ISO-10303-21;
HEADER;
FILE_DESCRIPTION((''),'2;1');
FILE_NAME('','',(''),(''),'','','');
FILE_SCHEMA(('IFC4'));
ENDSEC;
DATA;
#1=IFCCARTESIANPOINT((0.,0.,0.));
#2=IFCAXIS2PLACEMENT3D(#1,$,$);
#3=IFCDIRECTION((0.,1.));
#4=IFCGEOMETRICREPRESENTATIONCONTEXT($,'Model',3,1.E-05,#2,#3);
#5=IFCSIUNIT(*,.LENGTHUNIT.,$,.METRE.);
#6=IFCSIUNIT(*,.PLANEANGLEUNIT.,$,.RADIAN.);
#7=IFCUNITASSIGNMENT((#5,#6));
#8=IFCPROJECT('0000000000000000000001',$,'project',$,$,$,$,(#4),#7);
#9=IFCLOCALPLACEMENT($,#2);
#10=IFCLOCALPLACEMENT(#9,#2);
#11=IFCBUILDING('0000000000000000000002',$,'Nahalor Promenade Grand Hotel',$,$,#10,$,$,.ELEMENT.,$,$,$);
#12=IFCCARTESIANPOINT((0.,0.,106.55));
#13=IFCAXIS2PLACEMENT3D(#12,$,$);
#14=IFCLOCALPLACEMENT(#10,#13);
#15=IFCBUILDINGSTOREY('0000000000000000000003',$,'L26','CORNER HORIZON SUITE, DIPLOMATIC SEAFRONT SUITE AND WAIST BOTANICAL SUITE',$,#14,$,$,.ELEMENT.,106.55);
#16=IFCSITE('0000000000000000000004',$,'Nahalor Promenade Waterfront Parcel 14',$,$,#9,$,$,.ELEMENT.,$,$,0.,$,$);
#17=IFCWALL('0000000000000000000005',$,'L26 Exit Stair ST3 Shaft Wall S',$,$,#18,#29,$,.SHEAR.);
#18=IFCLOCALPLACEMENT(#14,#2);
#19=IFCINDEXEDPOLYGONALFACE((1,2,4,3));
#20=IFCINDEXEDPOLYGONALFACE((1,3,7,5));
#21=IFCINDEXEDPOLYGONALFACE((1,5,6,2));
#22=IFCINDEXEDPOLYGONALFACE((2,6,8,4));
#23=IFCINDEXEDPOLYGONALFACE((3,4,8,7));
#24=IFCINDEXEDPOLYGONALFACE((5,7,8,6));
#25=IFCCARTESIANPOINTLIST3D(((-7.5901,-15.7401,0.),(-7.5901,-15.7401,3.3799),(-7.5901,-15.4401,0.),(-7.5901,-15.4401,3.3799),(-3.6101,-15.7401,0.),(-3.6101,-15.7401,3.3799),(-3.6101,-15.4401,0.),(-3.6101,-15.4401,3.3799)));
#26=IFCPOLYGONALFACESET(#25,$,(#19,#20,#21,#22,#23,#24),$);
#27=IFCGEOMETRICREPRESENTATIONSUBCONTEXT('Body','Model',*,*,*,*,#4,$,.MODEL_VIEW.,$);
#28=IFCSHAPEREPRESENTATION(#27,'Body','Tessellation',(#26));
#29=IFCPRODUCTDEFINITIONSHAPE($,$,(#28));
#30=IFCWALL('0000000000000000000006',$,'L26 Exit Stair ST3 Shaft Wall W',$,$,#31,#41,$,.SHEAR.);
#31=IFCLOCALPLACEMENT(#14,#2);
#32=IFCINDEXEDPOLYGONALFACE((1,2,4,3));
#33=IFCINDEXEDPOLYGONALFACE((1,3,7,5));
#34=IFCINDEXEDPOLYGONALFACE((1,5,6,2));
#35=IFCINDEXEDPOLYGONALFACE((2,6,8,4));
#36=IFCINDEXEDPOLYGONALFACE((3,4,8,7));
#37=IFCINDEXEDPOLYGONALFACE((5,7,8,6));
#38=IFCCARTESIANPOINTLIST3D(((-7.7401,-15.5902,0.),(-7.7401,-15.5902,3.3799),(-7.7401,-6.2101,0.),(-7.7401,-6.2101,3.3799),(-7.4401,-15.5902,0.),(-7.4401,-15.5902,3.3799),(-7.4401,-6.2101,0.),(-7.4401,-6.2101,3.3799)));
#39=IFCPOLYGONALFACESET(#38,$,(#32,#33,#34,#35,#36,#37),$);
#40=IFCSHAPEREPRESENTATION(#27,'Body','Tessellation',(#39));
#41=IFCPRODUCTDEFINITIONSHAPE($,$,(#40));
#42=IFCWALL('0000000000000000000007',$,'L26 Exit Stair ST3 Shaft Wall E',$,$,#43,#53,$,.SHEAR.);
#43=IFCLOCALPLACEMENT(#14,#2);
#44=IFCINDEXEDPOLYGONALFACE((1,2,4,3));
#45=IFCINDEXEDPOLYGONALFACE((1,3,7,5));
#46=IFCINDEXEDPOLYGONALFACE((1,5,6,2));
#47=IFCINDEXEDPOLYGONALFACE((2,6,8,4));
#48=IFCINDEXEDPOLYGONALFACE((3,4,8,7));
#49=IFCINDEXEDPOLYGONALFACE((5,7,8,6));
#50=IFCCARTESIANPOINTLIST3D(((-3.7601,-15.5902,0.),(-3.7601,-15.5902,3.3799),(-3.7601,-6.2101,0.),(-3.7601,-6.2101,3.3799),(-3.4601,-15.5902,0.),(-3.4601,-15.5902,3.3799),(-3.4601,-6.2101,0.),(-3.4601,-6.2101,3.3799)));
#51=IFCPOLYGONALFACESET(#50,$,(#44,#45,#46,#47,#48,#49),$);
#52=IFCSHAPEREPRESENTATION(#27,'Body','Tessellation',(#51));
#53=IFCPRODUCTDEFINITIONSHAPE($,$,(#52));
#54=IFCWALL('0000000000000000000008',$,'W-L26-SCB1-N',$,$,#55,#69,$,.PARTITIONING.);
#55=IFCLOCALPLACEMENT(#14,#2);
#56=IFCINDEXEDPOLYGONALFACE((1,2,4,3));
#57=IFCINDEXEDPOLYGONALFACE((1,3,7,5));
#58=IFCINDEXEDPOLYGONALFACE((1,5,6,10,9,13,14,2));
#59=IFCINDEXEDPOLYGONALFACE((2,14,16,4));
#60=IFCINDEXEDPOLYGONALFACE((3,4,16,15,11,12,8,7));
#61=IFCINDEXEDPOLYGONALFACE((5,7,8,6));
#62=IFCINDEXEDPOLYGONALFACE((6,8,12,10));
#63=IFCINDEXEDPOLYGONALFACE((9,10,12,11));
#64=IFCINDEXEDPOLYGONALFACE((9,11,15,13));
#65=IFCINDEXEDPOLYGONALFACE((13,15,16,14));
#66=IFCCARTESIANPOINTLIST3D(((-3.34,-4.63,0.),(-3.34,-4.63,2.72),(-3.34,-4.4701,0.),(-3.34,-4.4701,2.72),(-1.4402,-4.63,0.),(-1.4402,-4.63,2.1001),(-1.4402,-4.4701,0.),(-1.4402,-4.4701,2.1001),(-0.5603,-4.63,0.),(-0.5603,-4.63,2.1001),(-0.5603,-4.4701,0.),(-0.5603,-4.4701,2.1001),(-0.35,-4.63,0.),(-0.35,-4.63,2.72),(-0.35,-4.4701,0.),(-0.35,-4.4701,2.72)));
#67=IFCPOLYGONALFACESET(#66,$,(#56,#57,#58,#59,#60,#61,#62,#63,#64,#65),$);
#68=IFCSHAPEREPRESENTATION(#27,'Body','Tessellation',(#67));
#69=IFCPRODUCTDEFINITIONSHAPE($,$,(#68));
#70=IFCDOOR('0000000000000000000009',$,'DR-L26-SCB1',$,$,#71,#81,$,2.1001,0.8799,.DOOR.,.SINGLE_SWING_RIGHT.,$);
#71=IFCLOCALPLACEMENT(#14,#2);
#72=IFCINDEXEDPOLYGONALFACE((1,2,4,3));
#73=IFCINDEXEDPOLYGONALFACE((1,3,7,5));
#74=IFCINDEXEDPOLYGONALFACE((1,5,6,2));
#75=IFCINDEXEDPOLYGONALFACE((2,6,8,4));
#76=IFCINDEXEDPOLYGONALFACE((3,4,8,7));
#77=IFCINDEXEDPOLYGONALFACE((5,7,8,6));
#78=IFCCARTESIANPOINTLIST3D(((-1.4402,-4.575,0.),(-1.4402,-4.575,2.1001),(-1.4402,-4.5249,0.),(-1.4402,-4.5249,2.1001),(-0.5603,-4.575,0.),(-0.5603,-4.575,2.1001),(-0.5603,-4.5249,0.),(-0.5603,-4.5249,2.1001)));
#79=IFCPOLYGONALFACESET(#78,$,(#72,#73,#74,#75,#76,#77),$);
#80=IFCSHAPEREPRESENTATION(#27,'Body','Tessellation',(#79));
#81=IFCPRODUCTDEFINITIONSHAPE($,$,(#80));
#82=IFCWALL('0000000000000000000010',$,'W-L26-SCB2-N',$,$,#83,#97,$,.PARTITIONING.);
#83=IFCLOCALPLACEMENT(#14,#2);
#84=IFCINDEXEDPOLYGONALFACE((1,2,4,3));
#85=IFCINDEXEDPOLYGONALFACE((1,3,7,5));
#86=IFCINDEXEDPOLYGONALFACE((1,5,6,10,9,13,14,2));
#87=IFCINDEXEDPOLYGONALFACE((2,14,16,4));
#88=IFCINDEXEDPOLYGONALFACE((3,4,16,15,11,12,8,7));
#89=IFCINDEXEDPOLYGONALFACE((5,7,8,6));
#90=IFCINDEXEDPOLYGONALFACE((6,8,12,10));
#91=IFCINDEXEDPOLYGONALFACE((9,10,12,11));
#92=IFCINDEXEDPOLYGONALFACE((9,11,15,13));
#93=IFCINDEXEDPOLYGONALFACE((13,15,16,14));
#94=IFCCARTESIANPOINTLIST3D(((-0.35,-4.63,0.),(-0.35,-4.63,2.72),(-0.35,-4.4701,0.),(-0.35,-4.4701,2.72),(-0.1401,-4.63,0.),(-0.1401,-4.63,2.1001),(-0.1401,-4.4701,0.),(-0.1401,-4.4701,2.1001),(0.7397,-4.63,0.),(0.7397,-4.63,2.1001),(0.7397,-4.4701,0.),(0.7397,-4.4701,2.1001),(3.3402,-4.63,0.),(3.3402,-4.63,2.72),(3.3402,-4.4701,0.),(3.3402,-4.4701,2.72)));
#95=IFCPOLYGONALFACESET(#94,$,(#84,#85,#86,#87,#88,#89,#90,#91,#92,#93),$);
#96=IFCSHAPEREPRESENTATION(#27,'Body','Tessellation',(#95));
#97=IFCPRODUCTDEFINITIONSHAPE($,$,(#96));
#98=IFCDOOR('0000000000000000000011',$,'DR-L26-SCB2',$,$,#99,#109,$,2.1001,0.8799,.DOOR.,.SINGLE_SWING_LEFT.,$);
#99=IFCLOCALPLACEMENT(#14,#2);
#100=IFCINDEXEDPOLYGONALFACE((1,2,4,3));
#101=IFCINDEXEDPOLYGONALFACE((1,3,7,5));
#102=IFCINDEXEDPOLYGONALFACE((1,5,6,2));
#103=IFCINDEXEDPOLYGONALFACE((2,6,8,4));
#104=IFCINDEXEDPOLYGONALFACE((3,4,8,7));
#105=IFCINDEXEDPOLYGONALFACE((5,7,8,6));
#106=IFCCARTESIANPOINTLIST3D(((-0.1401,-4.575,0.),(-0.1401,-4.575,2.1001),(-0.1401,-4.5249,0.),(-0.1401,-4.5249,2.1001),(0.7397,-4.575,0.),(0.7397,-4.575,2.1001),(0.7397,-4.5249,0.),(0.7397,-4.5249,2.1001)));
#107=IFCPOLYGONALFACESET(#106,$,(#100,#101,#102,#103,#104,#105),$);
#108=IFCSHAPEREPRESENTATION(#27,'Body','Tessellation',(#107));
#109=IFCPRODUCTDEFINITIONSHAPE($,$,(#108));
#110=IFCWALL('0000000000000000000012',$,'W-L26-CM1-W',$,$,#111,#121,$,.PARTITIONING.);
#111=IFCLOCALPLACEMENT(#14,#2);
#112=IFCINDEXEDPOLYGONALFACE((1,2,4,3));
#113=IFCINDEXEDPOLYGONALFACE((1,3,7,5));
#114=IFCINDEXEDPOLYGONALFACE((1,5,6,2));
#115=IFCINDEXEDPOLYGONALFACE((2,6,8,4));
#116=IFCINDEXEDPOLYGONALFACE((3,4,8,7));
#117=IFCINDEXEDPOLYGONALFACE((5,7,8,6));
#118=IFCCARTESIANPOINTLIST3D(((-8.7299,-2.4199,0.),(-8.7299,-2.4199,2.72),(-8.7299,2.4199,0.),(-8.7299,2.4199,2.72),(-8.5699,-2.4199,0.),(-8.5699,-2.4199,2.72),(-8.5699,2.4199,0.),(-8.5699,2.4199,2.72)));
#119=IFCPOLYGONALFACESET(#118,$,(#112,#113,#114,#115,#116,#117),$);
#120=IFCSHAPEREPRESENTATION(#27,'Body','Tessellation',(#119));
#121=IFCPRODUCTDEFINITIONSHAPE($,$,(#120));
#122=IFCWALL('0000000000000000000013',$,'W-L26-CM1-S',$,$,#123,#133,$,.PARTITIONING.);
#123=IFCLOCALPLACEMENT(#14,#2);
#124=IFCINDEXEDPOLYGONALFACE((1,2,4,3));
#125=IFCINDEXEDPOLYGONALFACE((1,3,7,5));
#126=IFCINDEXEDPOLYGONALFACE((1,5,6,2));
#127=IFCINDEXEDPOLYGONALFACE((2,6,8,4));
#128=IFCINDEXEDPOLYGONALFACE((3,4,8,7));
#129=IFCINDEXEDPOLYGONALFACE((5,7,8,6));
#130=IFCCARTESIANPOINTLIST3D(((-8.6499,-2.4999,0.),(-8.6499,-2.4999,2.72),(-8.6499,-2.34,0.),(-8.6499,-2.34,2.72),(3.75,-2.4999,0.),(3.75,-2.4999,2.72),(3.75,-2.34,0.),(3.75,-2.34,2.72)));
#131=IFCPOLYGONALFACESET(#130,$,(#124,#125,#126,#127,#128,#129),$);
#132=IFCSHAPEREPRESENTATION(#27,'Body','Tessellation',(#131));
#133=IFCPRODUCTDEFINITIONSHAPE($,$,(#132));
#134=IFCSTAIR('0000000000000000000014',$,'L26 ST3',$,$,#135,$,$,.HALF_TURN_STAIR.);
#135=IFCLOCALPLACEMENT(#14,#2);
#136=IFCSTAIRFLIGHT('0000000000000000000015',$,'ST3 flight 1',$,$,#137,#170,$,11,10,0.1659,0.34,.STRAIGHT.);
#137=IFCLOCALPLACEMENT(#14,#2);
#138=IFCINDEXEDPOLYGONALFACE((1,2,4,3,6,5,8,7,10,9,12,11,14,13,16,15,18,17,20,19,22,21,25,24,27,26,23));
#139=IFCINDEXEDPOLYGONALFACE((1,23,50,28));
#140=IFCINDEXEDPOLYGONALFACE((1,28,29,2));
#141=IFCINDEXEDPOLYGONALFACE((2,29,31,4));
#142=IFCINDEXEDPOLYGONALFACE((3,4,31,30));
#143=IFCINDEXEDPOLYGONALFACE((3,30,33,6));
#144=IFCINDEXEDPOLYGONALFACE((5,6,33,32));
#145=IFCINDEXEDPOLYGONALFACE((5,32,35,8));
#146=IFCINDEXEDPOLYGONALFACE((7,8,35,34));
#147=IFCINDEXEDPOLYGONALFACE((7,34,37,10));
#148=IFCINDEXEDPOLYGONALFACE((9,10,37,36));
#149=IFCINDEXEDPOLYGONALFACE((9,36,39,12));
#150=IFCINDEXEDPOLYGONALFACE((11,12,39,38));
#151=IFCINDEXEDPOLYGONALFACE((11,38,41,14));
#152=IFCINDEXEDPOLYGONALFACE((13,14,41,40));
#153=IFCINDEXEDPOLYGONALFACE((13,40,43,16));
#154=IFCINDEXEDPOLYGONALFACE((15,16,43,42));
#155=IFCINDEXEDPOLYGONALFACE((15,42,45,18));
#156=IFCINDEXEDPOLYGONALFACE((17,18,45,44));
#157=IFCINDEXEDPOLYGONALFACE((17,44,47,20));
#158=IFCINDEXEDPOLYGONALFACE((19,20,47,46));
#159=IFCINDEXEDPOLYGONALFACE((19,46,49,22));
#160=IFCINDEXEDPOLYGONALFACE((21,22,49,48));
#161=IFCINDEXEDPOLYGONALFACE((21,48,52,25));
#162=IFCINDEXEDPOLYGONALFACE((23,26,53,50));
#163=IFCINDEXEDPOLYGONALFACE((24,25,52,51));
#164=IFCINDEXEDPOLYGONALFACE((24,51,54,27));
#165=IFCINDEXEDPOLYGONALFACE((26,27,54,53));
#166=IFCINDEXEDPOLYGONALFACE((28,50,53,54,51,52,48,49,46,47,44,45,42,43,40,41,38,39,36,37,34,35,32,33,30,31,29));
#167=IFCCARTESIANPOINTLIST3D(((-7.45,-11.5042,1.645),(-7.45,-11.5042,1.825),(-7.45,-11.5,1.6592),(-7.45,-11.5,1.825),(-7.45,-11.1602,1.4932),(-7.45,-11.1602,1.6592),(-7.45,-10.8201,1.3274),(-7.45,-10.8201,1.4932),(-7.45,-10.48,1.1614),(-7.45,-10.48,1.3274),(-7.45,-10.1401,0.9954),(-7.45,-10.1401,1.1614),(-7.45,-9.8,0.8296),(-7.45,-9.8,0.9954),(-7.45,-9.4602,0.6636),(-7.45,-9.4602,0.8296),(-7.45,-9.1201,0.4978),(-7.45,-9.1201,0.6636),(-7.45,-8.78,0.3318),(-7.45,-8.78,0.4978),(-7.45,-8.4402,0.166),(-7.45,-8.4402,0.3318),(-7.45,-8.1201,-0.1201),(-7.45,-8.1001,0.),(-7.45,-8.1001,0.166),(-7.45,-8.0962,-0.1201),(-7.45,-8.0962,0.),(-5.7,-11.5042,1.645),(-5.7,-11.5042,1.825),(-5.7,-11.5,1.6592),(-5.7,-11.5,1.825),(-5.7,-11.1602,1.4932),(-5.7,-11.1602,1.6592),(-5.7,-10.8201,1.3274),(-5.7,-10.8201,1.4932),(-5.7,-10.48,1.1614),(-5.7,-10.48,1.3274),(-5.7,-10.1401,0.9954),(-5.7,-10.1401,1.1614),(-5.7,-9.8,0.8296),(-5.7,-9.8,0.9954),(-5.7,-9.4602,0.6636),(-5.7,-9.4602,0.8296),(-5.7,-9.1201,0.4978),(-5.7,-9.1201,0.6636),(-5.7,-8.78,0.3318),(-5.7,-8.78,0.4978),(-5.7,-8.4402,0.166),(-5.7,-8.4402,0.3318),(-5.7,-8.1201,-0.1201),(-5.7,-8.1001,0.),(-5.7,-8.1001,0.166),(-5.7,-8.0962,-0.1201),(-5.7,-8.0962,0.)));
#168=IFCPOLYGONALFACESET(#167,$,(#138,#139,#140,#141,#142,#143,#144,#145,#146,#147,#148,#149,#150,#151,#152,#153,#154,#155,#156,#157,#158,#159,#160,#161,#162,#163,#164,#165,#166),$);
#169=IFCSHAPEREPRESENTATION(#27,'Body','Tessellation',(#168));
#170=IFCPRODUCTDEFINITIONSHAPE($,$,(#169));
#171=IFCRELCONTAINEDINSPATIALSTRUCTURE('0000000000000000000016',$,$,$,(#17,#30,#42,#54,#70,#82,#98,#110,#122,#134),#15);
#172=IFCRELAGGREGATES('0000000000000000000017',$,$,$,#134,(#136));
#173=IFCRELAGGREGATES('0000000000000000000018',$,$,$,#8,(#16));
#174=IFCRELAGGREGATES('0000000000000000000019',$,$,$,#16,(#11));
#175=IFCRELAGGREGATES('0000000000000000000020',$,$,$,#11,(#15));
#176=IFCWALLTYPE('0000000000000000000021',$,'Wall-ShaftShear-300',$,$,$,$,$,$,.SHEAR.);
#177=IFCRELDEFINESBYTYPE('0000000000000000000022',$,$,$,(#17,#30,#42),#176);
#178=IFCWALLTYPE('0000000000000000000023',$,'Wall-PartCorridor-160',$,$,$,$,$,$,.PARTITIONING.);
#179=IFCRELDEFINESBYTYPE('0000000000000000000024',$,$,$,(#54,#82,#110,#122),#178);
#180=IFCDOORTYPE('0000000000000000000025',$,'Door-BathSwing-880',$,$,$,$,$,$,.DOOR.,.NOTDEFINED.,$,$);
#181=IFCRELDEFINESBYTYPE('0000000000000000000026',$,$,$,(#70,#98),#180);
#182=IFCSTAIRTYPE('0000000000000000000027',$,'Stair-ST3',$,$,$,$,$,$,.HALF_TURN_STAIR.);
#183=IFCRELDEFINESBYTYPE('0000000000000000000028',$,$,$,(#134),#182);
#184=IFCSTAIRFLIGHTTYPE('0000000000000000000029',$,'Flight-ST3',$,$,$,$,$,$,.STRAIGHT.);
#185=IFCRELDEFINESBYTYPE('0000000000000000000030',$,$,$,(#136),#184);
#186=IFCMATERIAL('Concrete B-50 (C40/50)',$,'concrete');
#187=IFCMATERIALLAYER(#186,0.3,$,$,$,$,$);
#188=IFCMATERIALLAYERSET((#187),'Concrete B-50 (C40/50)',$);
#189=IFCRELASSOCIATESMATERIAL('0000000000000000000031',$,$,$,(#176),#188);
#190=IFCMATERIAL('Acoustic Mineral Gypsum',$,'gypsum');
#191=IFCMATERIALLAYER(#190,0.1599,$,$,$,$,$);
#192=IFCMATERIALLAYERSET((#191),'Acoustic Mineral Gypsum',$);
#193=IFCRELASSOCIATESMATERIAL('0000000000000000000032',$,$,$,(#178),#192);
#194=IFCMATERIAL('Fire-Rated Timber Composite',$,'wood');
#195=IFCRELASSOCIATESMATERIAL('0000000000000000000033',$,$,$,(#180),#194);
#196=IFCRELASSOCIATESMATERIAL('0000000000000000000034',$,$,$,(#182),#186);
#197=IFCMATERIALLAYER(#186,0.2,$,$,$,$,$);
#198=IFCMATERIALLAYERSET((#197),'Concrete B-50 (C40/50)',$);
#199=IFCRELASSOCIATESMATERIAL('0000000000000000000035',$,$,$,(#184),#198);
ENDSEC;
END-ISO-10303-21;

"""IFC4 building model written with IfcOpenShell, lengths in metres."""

from ifc_helpers import new_model, si_unit, direction, frame, frame_2d, origin, place, context, subcontext, project, spatial, polyline, rectangle, outline, extrude, source, transform, mapped, material, layer, layer_set, type_object, element, fill, aggregate, save


model = new_model("IFC4")

# Units and contexts
model_context = context("Model", 3, precision=1e-05, world=origin(), true_north=direction((0.0, 1.0)))
body_context = subcontext(model_context, "Body", "Model", "MODEL_VIEW")
ifc_project = project(units=[si_unit("LENGTHUNIT", "METRE"), si_unit("PLANEANGLEUNIT", "RADIAN")], contexts=[model_context])

# Site, building, storey
site_placement = place(None, origin())
site = spatial("IfcSite", under=ifc_project, at=site_placement, Name="Nahalor Promenade Waterfront Parcel 14", CompositionType="ELEMENT", RefElevation=0.0)
building_placement = place(site_placement, origin())
building = spatial("IfcBuilding", under=site, at=building_placement, Name="Nahalor Promenade Grand Hotel", CompositionType="ELEMENT")
storey_placement = place(building_placement, frame((0.0, 0.0, 106.55)))
storey = spatial("IfcBuildingStorey", under=building, at=storey_placement, Name="L26", Description="CORNER HORIZON SUITE, DIPLOMATIC SEAFRONT SUITE AND WAIST BOTANICAL SUITE", CompositionType="ELEMENT", Elevation=106.55)

# Wall
ifc_material_1 = material(Name="Concrete B-50 (C40/50)", Category="concrete")
ifc_layer_1 = layer(ifc_material_1, 0.3)
ifc_layer_set_1 = layer_set([ifc_layer_1], Name="Concrete B-50 (C40/50)")
wall_type_1 = type_object("IfcWallType", Name="Wall-ShaftShear-300", PredefinedType="SHEAR", material=ifc_layer_set_1)
shared_shape_1 = source(origin(), body_context, "Body", "SweptSolid", [
    extrude(rectangle(XDim=3.98, YDim=0.3, at=frame_2d((1.99, 0.0))), origin(), (0.0, 0.0, 1.0), 3.3799),
])
wall_1_placement = place(storey_placement, frame((-7.5901, -15.5901, 0.0), z_axis=(0.0, 0.0, 1.0), x_axis=(1.0, 0.0, 0.0)))
element("IfcWall", 1, at=wall_1_placement, inside=storey, type_object=wall_type_1, Name="L26 Exit Stair ST3 Shaft Wall S", PredefinedType="SHEAR", context=body_context, shape_type="MappedRepresentation", body=[
    mapped(shared_shape_1, transform((0.0, 0.0, 0.0), scale=1.0)),
])

# Walls
shared_shape_2 = source(origin(), body_context, "Body", "SweptSolid", [
    extrude(rectangle(XDim=9.3801, YDim=0.3, at=frame_2d((4.6899, 0.0))), origin(), (0.0, 0.0, 1.0), 3.3799),
])
for number, where, z_axis, x_axis, name in (
    (2, (-7.5901, -15.5901, 0.0), (0.0, 0.0, 1.0), (0.0, 1.0, 0.0), "L26 Exit Stair ST3 Shaft Wall W"),
    (3, (-3.6101, -15.5901, 0.0), (0.0, 0.0, 1.0), (0.0, 1.0, 0.0), "L26 Exit Stair ST3 Shaft Wall E"),
):
    element("IfcWall", number, at=place(storey_placement, frame(where, z_axis=z_axis, x_axis=x_axis)), inside=storey, type_object=wall_type_1, Name=name, PredefinedType="SHEAR", context=body_context, shape_type="MappedRepresentation", body=[
        mapped(shared_shape_2, transform((0.0, 0.0, 0.0), scale=1.0)),
    ])

# Walls, openings, doors
ifc_material_2 = material(Name="Acoustic Mineral Gypsum", Category="gypsum")
ifc_layer_2 = layer(ifc_material_2, 0.1599)
ifc_layer_set_2 = layer_set([ifc_layer_2], Name="Acoustic Mineral Gypsum")
wall_type_2 = type_object("IfcWallType", Name="Wall-PartCorridor-160", PredefinedType="PARTITIONING", material=ifc_layer_set_2)
shared_shape_3 = source(origin(), body_context, "Body", "SweptSolid", [
    extrude(rectangle(XDim=2.99, YDim=0.1599, at=frame_2d((1.4951, 0.0))), origin(), (0.0, 0.0, 1.0), 2.72),
])
wall_2_placement = place(storey_placement, frame((-3.3401, -4.55, 0.0), z_axis=(0.0, 0.0, 1.0), x_axis=(1.0, 0.0, 0.0)))
wall_2 = element("IfcWall", 4, at=wall_2_placement, inside=storey, type_object=wall_type_2, Name="W-L26-SCB1-N", PredefinedType="PARTITIONING", context=body_context, shape_type="MappedRepresentation", body=[
    mapped(shared_shape_3, transform((0.0, 0.0, 0.0), scale=1.0)),
])
opening_1_placement = place(wall_2_placement, frame((1.8999, 0.0, 0.0)))
opening_1 = element("IfcOpeningElement", 5, at=opening_1_placement, cuts=wall_2, PredefinedType="OPENING", context=body_context, shape_type="SweptSolid", body=[
    extrude(rectangle(XDim=0.8799, YDim=2.1001, at=frame_2d((0.4399, 1.05))), frame((0.0, 0.0898, 0.0), z_axis=(0.0, -1.0, 0.0), x_axis=(1.0, 0.0, 0.0)), (0.0, 0.0, 1.0), 0.1799),
])
ifc_material_3 = material(Name="Fire-Rated Timber Composite", Category="wood")
door_type_1 = type_object("IfcDoorType", Name="Door-BathSwing-880", OperationType="NOTDEFINED", PredefinedType="DOOR", material=ifc_material_3)
shared_shape_4 = source(origin(), body_context, "Body", "SweptSolid", [
    extrude(rectangle(XDim=0.8799, YDim=2.1001, at=frame_2d((0.4399, 1.05))), frame((0.0, 0.0249, 0.0), z_axis=(0.0, -1.0, 0.0), x_axis=(1.0, 0.0, 0.0)), (0.0, 0.0, 1.0), 0.05),
])
door_1_placement = place(opening_1_placement, frame((0.8799, 0.0, 0.0), z_axis=(0.0, 0.0, 1.0), x_axis=(-1.0, 0.0, 0.0)))
door_1 = element("IfcDoor", 6, at=door_1_placement, inside=storey, type_object=door_type_1, Name="DR-L26-SCB1", OperationType="SINGLE_SWING_RIGHT", OverallHeight=2.1001, OverallWidth=0.8799, PredefinedType="DOOR", context=body_context, shape_type="MappedRepresentation", body=[
    mapped(shared_shape_4, transform((0.0, 0.0, 0.0), scale=1.0)),
])
fill(opening_1, door_1)
shared_shape_5 = source(origin(), body_context, "Body", "SweptSolid", [
    extrude(rectangle(XDim=3.6902, YDim=0.1599, at=frame_2d((1.8452, 0.0))), origin(), (0.0, 0.0, 1.0), 2.72),
])
wall_3_placement = place(storey_placement, frame((-0.3501, -4.55, 0.0), z_axis=(0.0, 0.0, 1.0), x_axis=(1.0, 0.0, 0.0)))
wall_3 = element("IfcWall", 7, at=wall_3_placement, inside=storey, type_object=wall_type_2, Name="W-L26-SCB2-N", PredefinedType="PARTITIONING", context=body_context, shape_type="MappedRepresentation", body=[
    mapped(shared_shape_5, transform((0.0, 0.0, 0.0), scale=1.0)),
])
opening_2_placement = place(wall_3_placement, frame((0.21, 0.0, 0.0)))
opening_2 = element("IfcOpeningElement", 8, at=opening_2_placement, cuts=wall_3, PredefinedType="OPENING", context=body_context, shape_type="SweptSolid", body=[
    extrude(rectangle(XDim=0.8799, YDim=2.1001, at=frame_2d((0.4399, 1.05))), frame((0.0, 0.0898, 0.0), z_axis=(0.0, -1.0, 0.0), x_axis=(1.0, 0.0, 0.0)), (0.0, 0.0, 1.0), 0.1799),
])
door_2_placement = place(opening_2_placement, frame((0.8799, 0.0, 0.0), z_axis=(0.0, 0.0, 1.0), x_axis=(-1.0, 0.0, 0.0)))
door_2 = element("IfcDoor", 9, at=door_2_placement, inside=storey, type_object=door_type_1, Name="DR-L26-SCB2", OperationType="SINGLE_SWING_LEFT", OverallHeight=2.1001, OverallWidth=0.8799, PredefinedType="DOOR", context=body_context, shape_type="MappedRepresentation", body=[
    mapped(shared_shape_4, transform((0.0, 0.0, 0.0), scale=1.0)),
])
fill(opening_2, door_2)

# Walls
shared_shape_6 = source(origin(), body_context, "Body", "SweptSolid", [
    extrude(rectangle(XDim=4.8398, YDim=0.1599, at=frame_2d((2.4199, 0.0))), origin(), (0.0, 0.0, 1.0), 2.72),
])
wall_4_placement = place(storey_placement, frame((-8.6499, -2.4199, 0.0), z_axis=(0.0, 0.0, 1.0), x_axis=(0.0, 1.0, 0.0)))
element("IfcWall", 10, at=wall_4_placement, inside=storey, type_object=wall_type_2, Name="W-L26-CM1-W", PredefinedType="PARTITIONING", context=body_context, shape_type="MappedRepresentation", body=[
    mapped(shared_shape_6, transform((0.0, 0.0, 0.0), scale=1.0)),
])
shared_shape_7 = source(origin(), body_context, "Body", "SweptSolid", [
    extrude(rectangle(XDim=12.3999, YDim=0.1599, at=frame_2d((6.2, 0.0))), origin(), (0.0, 0.0, 1.0), 2.72),
])
wall_5_placement = place(storey_placement, frame((-8.6499, -2.4199, 0.0), z_axis=(0.0, 0.0, 1.0), x_axis=(1.0, 0.0, 0.0)))
element("IfcWall", 11, at=wall_5_placement, inside=storey, type_object=wall_type_2, Name="W-L26-CM1-S", PredefinedType="PARTITIONING", context=body_context, shape_type="MappedRepresentation", body=[
    mapped(shared_shape_7, transform((0.0, 0.0, 0.0), scale=1.0)),
])

# Stair, stair flight
stair_type = type_object("IfcStairType", Name="Stair-ST3", PredefinedType="HALF_TURN_STAIR", material=ifc_material_1)
stair_placement = place(storey_placement, origin())
stair = element("IfcStair", 12, at=stair_placement, inside=storey, type_object=stair_type, Name="L26 ST3", PredefinedType="HALF_TURN_STAIR")
ifc_layer_3 = layer(ifc_material_1, 0.2)
ifc_layer_set_3 = layer_set([ifc_layer_3], Name="Concrete B-50 (C40/50)")
stair_flight_type = type_object("IfcStairFlightType", Name="Flight-ST3", PredefinedType="STRAIGHT", material=ifc_layer_set_3)
shared_shape_8 = source(origin(), body_context, "Body", "SweptSolid", [
    extrude(outline(polyline([(-0.0039, -0.1201), (-0.0039, 0.0), (0.0, 0.0), (0.0, 0.166), (0.3401, 0.166), (0.3401, 0.3318), (0.6799, 0.3318), (0.6799, 0.4978), (1.02, 0.4978), (1.02, 0.6636), (1.3601, 0.6636), (1.3601, 0.8296), (1.7, 0.8296), (1.7, 0.9954), (2.04, 0.9954), (2.04, 1.1614), (2.3799, 1.1614), (2.3799, 1.3274), (2.72, 1.3274), (2.72, 1.4932), (3.0601, 1.4932), (3.0601, 1.6592), (3.3999, 1.6592), (3.3999, 1.825), (3.4041, 1.825), (3.4041, 1.645), (0.02, -0.1201), (-0.0039, -0.1201)])), frame((0.0, 0.875, 0.0), z_axis=(0.0, -1.0, 0.0), x_axis=(1.0, 0.0, 0.0)), (0.0, 0.0, 1.0), 1.75),
])
stair_flight_1_placement = place(storey_placement, frame((-6.575, -8.1001, 0.0), z_axis=(0.0, 0.0, 1.0), x_axis=(0.0, -1.0, 0.0)))
stair_flight_1 = element("IfcStairFlight", 13, at=stair_flight_1_placement, type_object=stair_flight_type, Name="ST3 flight 1", NumberOfRisers=11, NumberOfTreads=10, PredefinedType="STRAIGHT", RiserHeight=0.1659, TreadLength=0.34, context=body_context, shape_type="MappedRepresentation", body=[
    mapped(shared_shape_8, transform((0.0, 0.0, 0.0), scale=1.0)),
])
aggregate(stair, [stair_flight_1])

save(model, "model.ifc")
